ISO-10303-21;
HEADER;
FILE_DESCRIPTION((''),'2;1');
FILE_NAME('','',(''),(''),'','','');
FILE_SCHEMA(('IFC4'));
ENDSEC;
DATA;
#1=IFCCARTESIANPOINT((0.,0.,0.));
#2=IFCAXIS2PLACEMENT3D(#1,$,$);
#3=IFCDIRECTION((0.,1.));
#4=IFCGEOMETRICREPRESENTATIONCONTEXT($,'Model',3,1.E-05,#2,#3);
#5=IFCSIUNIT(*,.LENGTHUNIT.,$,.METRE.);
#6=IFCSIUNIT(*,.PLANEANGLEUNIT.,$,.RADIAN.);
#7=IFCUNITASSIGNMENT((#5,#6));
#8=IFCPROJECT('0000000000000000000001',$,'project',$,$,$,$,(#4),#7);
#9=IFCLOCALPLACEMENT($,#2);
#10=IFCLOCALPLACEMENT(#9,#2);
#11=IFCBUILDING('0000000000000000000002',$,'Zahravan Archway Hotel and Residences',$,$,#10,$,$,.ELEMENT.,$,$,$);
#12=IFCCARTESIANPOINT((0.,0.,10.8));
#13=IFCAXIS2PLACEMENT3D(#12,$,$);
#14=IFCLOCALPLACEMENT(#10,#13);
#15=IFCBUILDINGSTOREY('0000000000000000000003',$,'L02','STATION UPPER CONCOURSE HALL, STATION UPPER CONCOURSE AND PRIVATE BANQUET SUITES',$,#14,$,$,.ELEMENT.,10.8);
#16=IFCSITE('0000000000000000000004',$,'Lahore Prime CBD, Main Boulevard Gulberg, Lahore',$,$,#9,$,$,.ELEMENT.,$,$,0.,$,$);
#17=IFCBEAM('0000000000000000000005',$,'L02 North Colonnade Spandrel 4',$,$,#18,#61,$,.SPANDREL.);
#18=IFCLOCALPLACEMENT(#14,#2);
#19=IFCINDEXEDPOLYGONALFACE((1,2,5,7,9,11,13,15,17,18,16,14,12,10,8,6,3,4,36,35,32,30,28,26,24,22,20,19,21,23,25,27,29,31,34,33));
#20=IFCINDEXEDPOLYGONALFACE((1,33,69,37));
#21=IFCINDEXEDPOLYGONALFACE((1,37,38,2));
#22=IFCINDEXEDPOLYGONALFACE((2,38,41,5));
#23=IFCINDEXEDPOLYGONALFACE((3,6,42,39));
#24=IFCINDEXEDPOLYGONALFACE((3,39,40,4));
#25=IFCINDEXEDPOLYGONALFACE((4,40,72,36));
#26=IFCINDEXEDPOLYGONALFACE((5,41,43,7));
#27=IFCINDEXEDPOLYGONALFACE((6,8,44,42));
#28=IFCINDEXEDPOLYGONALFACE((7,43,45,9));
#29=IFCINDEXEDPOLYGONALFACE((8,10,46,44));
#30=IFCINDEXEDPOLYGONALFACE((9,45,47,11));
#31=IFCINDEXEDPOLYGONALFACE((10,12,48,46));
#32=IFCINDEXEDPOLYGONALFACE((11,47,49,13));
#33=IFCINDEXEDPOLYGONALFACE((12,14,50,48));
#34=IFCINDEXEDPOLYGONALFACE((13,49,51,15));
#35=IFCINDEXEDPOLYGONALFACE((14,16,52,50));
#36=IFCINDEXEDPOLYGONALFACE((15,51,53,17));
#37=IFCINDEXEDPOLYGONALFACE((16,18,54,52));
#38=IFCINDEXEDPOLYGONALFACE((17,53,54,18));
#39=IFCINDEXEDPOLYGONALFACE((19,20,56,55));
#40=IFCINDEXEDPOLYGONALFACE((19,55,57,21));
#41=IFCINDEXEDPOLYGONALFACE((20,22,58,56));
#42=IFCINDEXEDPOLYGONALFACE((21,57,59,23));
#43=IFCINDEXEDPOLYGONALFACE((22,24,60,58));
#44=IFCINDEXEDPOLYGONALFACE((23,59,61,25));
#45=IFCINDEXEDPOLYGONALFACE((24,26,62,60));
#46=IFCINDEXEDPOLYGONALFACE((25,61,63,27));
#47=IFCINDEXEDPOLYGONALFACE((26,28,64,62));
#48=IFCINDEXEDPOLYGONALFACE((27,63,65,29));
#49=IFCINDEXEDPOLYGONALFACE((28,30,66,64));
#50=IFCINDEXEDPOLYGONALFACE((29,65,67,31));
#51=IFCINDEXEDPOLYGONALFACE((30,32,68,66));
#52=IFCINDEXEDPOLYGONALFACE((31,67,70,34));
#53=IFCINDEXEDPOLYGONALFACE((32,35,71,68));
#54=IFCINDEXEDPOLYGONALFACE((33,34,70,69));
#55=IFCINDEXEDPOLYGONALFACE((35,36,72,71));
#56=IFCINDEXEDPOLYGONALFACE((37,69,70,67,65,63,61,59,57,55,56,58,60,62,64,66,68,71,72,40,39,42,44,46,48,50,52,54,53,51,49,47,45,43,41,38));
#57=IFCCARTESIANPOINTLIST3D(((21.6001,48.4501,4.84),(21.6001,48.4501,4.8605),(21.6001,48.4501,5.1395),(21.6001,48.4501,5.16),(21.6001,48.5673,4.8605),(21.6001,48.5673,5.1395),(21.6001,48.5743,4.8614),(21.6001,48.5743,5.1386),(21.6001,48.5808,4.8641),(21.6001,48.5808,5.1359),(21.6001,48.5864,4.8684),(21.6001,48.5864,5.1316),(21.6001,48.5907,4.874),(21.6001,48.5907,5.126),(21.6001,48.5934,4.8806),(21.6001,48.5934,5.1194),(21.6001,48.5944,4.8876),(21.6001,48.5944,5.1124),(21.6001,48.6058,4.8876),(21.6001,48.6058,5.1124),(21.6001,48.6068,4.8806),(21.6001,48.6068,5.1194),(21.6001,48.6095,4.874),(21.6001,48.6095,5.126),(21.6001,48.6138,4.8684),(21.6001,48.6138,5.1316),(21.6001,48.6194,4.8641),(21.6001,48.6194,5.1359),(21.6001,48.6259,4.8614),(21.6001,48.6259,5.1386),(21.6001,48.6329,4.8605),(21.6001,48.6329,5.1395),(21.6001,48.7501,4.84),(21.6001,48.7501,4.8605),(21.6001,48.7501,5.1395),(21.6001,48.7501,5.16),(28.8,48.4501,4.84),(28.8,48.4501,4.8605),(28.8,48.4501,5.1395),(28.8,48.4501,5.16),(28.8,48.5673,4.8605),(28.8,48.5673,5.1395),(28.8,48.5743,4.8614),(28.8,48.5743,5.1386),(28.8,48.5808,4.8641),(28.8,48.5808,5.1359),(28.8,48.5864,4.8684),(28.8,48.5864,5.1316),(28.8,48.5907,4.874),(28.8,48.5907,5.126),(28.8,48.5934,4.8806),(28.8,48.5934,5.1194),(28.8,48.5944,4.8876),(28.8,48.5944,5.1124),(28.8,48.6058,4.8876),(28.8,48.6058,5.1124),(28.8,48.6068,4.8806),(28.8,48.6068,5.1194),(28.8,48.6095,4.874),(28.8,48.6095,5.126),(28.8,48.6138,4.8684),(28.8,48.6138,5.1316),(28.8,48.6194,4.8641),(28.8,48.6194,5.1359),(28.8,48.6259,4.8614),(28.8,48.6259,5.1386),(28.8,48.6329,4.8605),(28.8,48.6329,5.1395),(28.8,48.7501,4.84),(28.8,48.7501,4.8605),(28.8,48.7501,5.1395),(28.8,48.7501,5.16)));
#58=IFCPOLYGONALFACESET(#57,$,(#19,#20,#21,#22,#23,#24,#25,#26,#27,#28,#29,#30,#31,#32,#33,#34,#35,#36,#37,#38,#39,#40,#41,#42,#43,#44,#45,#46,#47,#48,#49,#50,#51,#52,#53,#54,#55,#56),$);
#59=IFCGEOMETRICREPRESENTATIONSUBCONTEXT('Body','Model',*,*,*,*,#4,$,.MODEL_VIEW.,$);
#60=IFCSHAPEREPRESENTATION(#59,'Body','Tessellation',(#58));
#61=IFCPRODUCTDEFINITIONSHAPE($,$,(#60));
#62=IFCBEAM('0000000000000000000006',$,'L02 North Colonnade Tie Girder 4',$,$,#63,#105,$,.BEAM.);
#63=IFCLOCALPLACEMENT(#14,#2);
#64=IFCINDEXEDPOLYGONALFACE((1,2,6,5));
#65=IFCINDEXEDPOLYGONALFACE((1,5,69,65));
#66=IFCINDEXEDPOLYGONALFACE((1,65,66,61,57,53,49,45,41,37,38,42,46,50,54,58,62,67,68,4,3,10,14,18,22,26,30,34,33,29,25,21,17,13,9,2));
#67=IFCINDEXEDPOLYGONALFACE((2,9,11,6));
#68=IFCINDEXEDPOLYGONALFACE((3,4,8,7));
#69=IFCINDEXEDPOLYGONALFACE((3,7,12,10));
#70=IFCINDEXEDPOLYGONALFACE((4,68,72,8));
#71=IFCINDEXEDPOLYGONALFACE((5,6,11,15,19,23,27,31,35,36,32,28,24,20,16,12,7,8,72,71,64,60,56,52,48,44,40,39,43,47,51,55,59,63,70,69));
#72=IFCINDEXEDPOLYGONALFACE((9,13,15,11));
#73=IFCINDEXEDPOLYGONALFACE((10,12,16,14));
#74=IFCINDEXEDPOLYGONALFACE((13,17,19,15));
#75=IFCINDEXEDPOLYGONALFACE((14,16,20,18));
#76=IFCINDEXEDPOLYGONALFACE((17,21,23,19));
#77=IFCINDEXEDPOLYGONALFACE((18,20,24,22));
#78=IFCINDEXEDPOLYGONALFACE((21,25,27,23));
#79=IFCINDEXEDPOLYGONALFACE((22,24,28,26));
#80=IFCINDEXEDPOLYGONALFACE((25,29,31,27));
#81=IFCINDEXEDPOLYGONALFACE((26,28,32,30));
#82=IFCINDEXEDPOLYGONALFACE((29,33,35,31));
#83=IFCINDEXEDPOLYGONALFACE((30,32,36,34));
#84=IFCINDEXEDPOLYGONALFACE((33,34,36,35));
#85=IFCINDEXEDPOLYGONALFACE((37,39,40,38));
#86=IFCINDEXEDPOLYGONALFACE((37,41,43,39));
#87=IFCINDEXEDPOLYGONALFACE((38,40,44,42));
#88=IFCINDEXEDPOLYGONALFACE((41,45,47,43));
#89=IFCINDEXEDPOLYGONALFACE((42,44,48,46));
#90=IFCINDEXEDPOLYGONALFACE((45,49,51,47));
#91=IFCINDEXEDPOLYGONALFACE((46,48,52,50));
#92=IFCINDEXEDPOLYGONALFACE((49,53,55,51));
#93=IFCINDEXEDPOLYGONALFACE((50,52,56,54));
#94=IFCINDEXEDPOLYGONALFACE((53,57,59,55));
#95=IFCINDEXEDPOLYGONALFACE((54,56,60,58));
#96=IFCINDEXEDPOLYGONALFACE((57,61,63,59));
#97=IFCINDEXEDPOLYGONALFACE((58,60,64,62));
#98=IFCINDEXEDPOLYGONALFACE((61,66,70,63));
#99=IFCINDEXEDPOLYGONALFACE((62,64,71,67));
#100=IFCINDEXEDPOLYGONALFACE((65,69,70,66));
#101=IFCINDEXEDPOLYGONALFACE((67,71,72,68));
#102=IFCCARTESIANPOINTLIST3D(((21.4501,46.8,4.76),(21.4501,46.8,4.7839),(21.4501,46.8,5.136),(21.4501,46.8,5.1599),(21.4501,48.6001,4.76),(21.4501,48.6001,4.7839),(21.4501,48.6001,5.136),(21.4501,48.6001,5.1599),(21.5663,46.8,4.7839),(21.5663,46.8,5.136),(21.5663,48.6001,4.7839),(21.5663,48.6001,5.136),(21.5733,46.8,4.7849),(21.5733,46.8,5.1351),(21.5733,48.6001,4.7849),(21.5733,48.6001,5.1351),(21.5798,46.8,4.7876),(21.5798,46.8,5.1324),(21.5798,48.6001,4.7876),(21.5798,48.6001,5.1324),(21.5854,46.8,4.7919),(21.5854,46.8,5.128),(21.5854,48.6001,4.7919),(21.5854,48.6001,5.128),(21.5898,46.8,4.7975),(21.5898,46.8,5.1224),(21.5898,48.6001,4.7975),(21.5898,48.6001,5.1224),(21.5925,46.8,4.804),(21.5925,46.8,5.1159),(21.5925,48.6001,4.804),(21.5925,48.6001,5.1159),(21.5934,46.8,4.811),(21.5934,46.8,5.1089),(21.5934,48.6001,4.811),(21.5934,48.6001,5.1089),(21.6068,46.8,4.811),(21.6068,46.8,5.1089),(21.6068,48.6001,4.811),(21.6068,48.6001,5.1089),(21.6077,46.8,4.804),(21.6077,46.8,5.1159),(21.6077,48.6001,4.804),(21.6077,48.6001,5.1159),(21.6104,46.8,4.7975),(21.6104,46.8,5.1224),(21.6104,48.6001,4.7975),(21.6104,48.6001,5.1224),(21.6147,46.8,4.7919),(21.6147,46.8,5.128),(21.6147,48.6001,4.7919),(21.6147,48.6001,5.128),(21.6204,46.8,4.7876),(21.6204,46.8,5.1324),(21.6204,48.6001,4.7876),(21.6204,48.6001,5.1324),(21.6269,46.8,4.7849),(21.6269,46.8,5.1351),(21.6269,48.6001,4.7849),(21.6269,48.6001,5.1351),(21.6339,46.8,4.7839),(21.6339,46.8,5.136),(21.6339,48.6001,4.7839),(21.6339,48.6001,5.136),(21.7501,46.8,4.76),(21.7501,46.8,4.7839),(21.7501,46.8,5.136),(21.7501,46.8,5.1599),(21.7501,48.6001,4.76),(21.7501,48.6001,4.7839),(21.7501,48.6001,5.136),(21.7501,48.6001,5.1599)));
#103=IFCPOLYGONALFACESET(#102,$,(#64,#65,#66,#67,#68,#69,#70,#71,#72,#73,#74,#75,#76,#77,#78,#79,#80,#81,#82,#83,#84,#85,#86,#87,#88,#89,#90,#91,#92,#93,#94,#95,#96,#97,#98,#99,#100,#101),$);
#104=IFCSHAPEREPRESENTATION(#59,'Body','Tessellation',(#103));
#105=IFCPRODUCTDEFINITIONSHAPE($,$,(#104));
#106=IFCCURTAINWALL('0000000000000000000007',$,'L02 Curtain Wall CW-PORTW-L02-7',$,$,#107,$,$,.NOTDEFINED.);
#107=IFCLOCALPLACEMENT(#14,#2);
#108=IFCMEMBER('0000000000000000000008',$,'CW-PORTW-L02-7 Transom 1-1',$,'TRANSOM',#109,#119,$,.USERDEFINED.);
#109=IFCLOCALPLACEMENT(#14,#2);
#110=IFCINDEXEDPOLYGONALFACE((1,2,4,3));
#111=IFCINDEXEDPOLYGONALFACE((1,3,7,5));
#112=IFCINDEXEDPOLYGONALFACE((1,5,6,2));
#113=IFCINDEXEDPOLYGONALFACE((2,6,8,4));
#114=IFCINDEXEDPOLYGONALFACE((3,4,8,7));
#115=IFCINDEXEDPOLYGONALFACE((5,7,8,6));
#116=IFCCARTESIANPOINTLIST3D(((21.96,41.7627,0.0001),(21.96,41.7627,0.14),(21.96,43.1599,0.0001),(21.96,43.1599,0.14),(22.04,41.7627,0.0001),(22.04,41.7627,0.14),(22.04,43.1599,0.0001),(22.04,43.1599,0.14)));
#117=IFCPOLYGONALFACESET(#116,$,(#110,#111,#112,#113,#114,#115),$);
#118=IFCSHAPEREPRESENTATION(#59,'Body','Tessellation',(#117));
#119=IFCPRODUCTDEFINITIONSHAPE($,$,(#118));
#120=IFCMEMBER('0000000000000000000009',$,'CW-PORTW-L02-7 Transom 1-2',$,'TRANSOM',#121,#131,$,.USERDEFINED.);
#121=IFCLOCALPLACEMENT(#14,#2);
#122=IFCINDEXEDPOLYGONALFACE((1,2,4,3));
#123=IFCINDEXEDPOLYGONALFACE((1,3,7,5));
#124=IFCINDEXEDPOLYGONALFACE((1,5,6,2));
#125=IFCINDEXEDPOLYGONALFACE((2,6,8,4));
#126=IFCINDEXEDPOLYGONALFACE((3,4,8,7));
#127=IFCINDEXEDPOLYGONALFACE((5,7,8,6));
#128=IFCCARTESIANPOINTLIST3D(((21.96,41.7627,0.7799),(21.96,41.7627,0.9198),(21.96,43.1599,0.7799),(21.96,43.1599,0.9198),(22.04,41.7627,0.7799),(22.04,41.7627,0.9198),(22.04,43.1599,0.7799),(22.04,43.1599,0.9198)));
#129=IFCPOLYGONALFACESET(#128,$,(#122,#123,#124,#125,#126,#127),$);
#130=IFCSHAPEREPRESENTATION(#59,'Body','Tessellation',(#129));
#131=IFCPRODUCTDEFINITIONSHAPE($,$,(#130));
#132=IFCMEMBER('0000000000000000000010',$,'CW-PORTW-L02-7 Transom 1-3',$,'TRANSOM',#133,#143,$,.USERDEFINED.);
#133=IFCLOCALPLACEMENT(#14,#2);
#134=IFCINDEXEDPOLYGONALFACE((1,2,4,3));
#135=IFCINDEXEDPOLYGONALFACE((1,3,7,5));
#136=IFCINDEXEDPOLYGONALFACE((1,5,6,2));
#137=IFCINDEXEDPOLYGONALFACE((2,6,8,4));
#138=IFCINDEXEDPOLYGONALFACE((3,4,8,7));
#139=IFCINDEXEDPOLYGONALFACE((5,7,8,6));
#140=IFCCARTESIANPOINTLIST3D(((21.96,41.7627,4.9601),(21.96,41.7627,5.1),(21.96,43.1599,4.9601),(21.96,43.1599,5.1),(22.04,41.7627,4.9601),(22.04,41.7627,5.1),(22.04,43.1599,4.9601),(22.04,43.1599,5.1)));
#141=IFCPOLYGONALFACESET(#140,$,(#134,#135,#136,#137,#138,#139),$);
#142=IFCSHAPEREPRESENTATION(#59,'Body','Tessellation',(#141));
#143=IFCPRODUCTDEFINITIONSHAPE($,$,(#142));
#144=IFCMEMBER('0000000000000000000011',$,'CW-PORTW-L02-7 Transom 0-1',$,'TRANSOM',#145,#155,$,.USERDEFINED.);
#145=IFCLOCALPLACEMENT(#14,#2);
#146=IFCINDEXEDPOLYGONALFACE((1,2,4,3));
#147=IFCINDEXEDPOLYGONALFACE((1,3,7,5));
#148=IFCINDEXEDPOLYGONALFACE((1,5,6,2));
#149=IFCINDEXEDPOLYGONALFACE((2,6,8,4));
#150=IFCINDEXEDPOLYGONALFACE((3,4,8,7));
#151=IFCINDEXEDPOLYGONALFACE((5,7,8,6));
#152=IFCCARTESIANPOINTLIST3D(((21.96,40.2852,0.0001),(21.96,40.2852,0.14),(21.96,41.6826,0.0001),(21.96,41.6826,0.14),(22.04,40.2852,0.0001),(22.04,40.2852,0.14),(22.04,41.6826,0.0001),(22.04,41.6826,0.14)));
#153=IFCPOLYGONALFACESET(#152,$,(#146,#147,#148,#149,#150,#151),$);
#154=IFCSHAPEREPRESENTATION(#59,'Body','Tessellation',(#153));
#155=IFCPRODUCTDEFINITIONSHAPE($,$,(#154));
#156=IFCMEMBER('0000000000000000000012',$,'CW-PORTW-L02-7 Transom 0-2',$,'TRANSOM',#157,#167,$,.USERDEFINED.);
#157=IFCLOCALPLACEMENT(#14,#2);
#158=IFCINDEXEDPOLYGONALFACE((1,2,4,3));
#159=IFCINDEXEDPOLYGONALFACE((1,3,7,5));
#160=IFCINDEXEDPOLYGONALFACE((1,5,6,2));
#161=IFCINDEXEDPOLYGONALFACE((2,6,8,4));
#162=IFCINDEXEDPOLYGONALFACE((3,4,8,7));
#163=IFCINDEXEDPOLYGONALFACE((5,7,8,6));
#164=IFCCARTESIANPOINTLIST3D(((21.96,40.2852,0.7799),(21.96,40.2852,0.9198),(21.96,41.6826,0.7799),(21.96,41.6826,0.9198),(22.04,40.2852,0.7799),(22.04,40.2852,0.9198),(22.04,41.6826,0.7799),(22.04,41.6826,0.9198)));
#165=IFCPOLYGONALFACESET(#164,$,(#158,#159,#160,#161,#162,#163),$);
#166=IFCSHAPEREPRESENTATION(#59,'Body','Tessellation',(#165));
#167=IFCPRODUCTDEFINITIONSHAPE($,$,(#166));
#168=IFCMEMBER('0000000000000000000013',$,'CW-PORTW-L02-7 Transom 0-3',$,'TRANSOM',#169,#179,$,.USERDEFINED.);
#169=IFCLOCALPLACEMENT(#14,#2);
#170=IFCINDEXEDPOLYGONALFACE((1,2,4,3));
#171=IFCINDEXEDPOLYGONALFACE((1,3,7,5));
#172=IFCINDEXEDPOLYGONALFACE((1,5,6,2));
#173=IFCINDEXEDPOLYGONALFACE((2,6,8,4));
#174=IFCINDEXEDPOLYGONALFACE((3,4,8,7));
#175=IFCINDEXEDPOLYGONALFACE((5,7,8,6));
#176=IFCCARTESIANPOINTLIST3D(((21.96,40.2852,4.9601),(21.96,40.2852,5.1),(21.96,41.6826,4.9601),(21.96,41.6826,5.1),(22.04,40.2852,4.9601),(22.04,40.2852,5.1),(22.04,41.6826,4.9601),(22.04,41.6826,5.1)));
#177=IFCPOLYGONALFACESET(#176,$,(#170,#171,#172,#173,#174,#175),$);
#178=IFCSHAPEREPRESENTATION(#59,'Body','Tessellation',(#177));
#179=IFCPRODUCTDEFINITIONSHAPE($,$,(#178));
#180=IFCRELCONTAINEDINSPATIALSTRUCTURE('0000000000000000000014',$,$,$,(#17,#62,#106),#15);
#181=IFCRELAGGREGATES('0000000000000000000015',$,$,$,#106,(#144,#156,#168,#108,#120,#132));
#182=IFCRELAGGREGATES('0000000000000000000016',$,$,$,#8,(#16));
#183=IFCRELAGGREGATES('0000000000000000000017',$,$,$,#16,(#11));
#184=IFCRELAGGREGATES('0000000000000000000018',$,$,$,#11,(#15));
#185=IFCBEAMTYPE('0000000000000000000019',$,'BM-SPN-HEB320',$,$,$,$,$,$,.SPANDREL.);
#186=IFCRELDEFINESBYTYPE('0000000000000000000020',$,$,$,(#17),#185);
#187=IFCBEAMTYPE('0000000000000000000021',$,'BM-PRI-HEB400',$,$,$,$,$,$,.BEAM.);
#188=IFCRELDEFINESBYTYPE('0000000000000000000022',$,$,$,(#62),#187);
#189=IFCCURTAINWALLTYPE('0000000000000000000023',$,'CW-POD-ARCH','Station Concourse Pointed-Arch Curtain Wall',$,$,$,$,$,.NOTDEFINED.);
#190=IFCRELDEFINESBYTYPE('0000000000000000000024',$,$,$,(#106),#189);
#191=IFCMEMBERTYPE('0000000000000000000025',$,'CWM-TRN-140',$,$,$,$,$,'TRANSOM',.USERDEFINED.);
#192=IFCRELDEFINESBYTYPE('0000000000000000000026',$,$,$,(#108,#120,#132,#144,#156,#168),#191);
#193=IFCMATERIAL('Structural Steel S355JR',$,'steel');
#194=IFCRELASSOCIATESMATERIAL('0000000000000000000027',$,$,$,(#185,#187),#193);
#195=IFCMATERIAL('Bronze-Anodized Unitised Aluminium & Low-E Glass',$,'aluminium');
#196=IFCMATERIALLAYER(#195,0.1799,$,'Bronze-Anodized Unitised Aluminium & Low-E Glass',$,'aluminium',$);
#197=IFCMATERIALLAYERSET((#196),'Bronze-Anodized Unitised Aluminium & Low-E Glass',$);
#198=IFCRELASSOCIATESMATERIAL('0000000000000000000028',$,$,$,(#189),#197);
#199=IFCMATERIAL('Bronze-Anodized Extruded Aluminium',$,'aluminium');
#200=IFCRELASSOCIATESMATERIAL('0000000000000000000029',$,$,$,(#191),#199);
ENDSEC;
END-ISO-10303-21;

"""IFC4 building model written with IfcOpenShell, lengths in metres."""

from ifc_helpers import new_model, si_unit, direction, frame, origin, origin_2d, place, context, subcontext, project, spatial, rectangle, i_section, extrude, source, transform, mapped, material, layer, layer_set, material_profile, profile_set, type_object, type_shapes, element, aggregate, save


model = new_model("IFC4")

# Units and contexts
model_context = context("Model", 3, precision=1e-05, world=origin(), true_north=direction((0.0, 1.0)))
body_context = subcontext(model_context, "Body", "Model", "MODEL_VIEW")
ifc_project = project(units=[si_unit("LENGTHUNIT", "METRE"), si_unit("PLANEANGLEUNIT", "RADIAN")], contexts=[model_context])

# Site, building, storey
site_placement = place(None, origin())
site = spatial("IfcSite", under=ifc_project, at=site_placement, Name="Lahore Prime CBD, Main Boulevard Gulberg, Lahore", CompositionType="ELEMENT", RefElevation=0.0)
building_placement = place(site_placement, origin())
building = spatial("IfcBuilding", under=site, at=building_placement, Name="Zahravan Archway Hotel and Residences", CompositionType="ELEMENT")
storey_placement = place(building_placement, frame((0.0, 0.0, 10.8)))
storey = spatial("IfcBuildingStorey", under=building, at=storey_placement, Name="L02", Description="STATION UPPER CONCOURSE HALL, STATION UPPER CONCOURSE AND PRIVATE BANQUET SUITES", CompositionType="ELEMENT", Elevation=10.8)

# Beams
ifc_material_1 = material(Name="Structural Steel S355JR", Category="steel")
ifc_material_profile_1 = material_profile(ifc_material_1, i_section(OverallWidth=0.3, OverallDepth=0.3201, WebThickness=0.0115, FlangeThickness=0.0205, FilletRadius=0.0271, at=origin_2d()), Name="HEB 320", Category="steel")
ifc_profile_set_1 = profile_set([ifc_material_profile_1], Name="Structural Steel S355JR")
beam_type_1 = type_object("IfcBeamType", Name="BM-SPN-HEB320", PredefinedType="SPANDREL", material=ifc_profile_set_1)
shared_shape_1 = source(origin(), body_context, "Body", "SweptSolid", [
    extrude(i_section(OverallWidth=0.3, OverallDepth=0.3201, WebThickness=0.0115, FlangeThickness=0.0205, FilletRadius=0.0271, at=origin_2d()), origin(), (0.0, 0.0, 1.0), 7.2),
])
type_shapes(beam_type_1, [shared_shape_1])
beam_1_placement = place(storey_placement, frame((21.6001, 48.6001, 5.0), z_axis=(1.0, 0.0, 0.0), x_axis=(0.0, 1.0, 0.0)))
element("IfcBeam", 1, at=beam_1_placement, inside=storey, type_object=beam_type_1, Name="L02 North Colonnade Spandrel 4", PredefinedType="SPANDREL", context=body_context, shape_type="MappedRepresentation", body=[
    mapped(shared_shape_1, transform((0.0, 0.0, 0.0), scale=1.0)),
])
ifc_material_profile_2 = material_profile(ifc_material_1, i_section(OverallWidth=0.3, OverallDepth=0.3999, WebThickness=0.0134, FlangeThickness=0.0239, FilletRadius=0.0271, at=origin_2d()), Name="HEB 400", Category="steel")
ifc_profile_set_2 = profile_set([ifc_material_profile_2], Name="Structural Steel S355JR")
beam_type_2 = type_object("IfcBeamType", Name="BM-PRI-HEB400", PredefinedType="BEAM", material=ifc_profile_set_2)
shared_shape_2 = source(origin(), body_context, "Body", "SweptSolid", [
    extrude(i_section(OverallWidth=0.3, OverallDepth=0.3999, WebThickness=0.0134, FlangeThickness=0.0239, FilletRadius=0.0271, at=origin_2d()), origin(), (0.0, 0.0, 1.0), 1.8),
])
beam_2_placement = place(storey_placement, frame((21.6001, 46.8, 4.96), z_axis=(0.0, 1.0, 0.0), x_axis=(-1.0, 0.0, 0.0)))
element("IfcBeam", 2, at=beam_2_placement, inside=storey, type_object=beam_type_2, Name="L02 North Colonnade Tie Girder 4", PredefinedType="BEAM", context=body_context, shape_type="MappedRepresentation", body=[
    mapped(shared_shape_2, transform((0.0, 0.0, 0.0), scale=1.0)),
])

# Curtain wall, members
ifc_material_2 = material(Name="Bronze-Anodized Unitised Aluminium & Low-E Glass", Category="aluminium")
ifc_layer_1 = layer(ifc_material_2, 0.1799, Name="Bronze-Anodized Unitised Aluminium & Low-E Glass", Category="aluminium")
ifc_layer_set_1 = layer_set([ifc_layer_1], Name="Bronze-Anodized Unitised Aluminium & Low-E Glass")
curtain_wall_type = type_object("IfcCurtainWallType", Name="CW-POD-ARCH", Description="Station Concourse Pointed-Arch Curtain Wall", PredefinedType="NOTDEFINED", material=ifc_layer_set_1)
curtain_wall_placement = place(storey_placement, origin())
curtain_wall = element("IfcCurtainWall", 3, at=curtain_wall_placement, inside=storey, type_object=curtain_wall_type, Name="L02 Curtain Wall CW-PORTW-L02-7", PredefinedType="NOTDEFINED")
ifc_material_3 = material(Name="Bronze-Anodized Extruded Aluminium", Category="aluminium")
ifc_material_profile_3 = material_profile(ifc_material_3, rectangle(XDim=0.0801, YDim=0.1399, at=origin_2d()), Name="TRN 80x140", Category="aluminium")
ifc_profile_set_3 = profile_set([ifc_material_profile_3], Name="Bronze-Anodized Extruded Aluminium")
member_type_1 = type_object("IfcMemberType", Name="CWM-TRN-140", ElementType="TRANSOM", PredefinedType="USERDEFINED", material=ifc_profile_set_3)
shared_shape_3 = source(origin(), body_context, "Body", "SweptSolid", [
    extrude(rectangle(XDim=0.0801, YDim=0.1399, at=origin_2d()), origin(), (0.0, 0.0, 1.0), 1.3972),
])
member_1_placement = place(storey_placement, frame((22.0, 41.7627, 0.0701), z_axis=(0.0, 1.0, 0.0), x_axis=(-1.0, 0.0, 0.0)))
member_1 = element("IfcMember", 4, at=member_1_placement, type_object=member_type_1, Name="CW-PORTW-L02-7 Transom 1-1", ObjectType="TRANSOM", PredefinedType="USERDEFINED", context=body_context, shape_type="MappedRepresentation", body=[
    mapped(shared_shape_3, transform((0.0, 0.0, 0.0), scale=1.0)),
])
member_2_placement = place(storey_placement, frame((22.0, 41.7627, 0.8499), z_axis=(0.0, 1.0, 0.0), x_axis=(-1.0, 0.0, 0.0)))
member_2 = element("IfcMember", 5, at=member_2_placement, type_object=member_type_1, Name="CW-PORTW-L02-7 Transom 1-2", ObjectType="TRANSOM", PredefinedType="USERDEFINED", context=body_context, shape_type="MappedRepresentation", body=[
    mapped(shared_shape_3, transform((0.0, 0.0, 0.0), scale=1.0)),
])
member_3_placement = place(storey_placement, frame((22.0, 41.7627, 5.03), z_axis=(0.0, 1.0, 0.0), x_axis=(-1.0, 0.0, 0.0)))
member_3 = element("IfcMember", 6, at=member_3_placement, type_object=member_type_1, Name="CW-PORTW-L02-7 Transom 1-3", ObjectType="TRANSOM", PredefinedType="USERDEFINED", context=body_context, shape_type="MappedRepresentation", body=[
    mapped(shared_shape_3, transform((0.0, 0.0, 0.0), scale=1.0)),
])
shared_shape_4 = source(origin(), body_context, "Body", "SweptSolid", [
    extrude(rectangle(XDim=0.0801, YDim=0.1399, at=origin_2d()), origin(), (0.0, 0.0, 1.0), 1.3975),
])
member_4_placement = place(storey_placement, frame((22.0, 40.2852, 0.0701), z_axis=(0.0, 1.0, 0.0), x_axis=(-1.0, 0.0, 0.0)))
member_4 = element("IfcMember", 7, at=member_4_placement, type_object=member_type_1, Name="CW-PORTW-L02-7 Transom 0-1", ObjectType="TRANSOM", PredefinedType="USERDEFINED", context=body_context, shape_type="MappedRepresentation", body=[
    mapped(shared_shape_4, transform((0.0, 0.0, 0.0), scale=1.0)),
])
member_5_placement = place(storey_placement, frame((22.0, 40.2852, 0.8499), z_axis=(0.0, 1.0, 0.0), x_axis=(-1.0, 0.0, 0.0)))
member_5 = element("IfcMember", 8, at=member_5_placement, type_object=member_type_1, Name="CW-PORTW-L02-7 Transom 0-2", ObjectType="TRANSOM", PredefinedType="USERDEFINED", context=body_context, shape_type="MappedRepresentation", body=[
    mapped(shared_shape_4, transform((0.0, 0.0, 0.0), scale=1.0)),
])
member_6_placement = place(storey_placement, frame((22.0, 40.2852, 5.03), z_axis=(0.0, 1.0, 0.0), x_axis=(-1.0, 0.0, 0.0)))
member_6 = element("IfcMember", 9, at=member_6_placement, type_object=member_type_1, Name="CW-PORTW-L02-7 Transom 0-3", ObjectType="TRANSOM", PredefinedType="USERDEFINED", context=body_context, shape_type="MappedRepresentation", body=[
    mapped(shared_shape_4, transform((0.0, 0.0, 0.0), scale=1.0)),
])
aggregate(curtain_wall, [member_4, member_5, member_6, member_1, member_2, member_3])

save(model, "model.ifc")
